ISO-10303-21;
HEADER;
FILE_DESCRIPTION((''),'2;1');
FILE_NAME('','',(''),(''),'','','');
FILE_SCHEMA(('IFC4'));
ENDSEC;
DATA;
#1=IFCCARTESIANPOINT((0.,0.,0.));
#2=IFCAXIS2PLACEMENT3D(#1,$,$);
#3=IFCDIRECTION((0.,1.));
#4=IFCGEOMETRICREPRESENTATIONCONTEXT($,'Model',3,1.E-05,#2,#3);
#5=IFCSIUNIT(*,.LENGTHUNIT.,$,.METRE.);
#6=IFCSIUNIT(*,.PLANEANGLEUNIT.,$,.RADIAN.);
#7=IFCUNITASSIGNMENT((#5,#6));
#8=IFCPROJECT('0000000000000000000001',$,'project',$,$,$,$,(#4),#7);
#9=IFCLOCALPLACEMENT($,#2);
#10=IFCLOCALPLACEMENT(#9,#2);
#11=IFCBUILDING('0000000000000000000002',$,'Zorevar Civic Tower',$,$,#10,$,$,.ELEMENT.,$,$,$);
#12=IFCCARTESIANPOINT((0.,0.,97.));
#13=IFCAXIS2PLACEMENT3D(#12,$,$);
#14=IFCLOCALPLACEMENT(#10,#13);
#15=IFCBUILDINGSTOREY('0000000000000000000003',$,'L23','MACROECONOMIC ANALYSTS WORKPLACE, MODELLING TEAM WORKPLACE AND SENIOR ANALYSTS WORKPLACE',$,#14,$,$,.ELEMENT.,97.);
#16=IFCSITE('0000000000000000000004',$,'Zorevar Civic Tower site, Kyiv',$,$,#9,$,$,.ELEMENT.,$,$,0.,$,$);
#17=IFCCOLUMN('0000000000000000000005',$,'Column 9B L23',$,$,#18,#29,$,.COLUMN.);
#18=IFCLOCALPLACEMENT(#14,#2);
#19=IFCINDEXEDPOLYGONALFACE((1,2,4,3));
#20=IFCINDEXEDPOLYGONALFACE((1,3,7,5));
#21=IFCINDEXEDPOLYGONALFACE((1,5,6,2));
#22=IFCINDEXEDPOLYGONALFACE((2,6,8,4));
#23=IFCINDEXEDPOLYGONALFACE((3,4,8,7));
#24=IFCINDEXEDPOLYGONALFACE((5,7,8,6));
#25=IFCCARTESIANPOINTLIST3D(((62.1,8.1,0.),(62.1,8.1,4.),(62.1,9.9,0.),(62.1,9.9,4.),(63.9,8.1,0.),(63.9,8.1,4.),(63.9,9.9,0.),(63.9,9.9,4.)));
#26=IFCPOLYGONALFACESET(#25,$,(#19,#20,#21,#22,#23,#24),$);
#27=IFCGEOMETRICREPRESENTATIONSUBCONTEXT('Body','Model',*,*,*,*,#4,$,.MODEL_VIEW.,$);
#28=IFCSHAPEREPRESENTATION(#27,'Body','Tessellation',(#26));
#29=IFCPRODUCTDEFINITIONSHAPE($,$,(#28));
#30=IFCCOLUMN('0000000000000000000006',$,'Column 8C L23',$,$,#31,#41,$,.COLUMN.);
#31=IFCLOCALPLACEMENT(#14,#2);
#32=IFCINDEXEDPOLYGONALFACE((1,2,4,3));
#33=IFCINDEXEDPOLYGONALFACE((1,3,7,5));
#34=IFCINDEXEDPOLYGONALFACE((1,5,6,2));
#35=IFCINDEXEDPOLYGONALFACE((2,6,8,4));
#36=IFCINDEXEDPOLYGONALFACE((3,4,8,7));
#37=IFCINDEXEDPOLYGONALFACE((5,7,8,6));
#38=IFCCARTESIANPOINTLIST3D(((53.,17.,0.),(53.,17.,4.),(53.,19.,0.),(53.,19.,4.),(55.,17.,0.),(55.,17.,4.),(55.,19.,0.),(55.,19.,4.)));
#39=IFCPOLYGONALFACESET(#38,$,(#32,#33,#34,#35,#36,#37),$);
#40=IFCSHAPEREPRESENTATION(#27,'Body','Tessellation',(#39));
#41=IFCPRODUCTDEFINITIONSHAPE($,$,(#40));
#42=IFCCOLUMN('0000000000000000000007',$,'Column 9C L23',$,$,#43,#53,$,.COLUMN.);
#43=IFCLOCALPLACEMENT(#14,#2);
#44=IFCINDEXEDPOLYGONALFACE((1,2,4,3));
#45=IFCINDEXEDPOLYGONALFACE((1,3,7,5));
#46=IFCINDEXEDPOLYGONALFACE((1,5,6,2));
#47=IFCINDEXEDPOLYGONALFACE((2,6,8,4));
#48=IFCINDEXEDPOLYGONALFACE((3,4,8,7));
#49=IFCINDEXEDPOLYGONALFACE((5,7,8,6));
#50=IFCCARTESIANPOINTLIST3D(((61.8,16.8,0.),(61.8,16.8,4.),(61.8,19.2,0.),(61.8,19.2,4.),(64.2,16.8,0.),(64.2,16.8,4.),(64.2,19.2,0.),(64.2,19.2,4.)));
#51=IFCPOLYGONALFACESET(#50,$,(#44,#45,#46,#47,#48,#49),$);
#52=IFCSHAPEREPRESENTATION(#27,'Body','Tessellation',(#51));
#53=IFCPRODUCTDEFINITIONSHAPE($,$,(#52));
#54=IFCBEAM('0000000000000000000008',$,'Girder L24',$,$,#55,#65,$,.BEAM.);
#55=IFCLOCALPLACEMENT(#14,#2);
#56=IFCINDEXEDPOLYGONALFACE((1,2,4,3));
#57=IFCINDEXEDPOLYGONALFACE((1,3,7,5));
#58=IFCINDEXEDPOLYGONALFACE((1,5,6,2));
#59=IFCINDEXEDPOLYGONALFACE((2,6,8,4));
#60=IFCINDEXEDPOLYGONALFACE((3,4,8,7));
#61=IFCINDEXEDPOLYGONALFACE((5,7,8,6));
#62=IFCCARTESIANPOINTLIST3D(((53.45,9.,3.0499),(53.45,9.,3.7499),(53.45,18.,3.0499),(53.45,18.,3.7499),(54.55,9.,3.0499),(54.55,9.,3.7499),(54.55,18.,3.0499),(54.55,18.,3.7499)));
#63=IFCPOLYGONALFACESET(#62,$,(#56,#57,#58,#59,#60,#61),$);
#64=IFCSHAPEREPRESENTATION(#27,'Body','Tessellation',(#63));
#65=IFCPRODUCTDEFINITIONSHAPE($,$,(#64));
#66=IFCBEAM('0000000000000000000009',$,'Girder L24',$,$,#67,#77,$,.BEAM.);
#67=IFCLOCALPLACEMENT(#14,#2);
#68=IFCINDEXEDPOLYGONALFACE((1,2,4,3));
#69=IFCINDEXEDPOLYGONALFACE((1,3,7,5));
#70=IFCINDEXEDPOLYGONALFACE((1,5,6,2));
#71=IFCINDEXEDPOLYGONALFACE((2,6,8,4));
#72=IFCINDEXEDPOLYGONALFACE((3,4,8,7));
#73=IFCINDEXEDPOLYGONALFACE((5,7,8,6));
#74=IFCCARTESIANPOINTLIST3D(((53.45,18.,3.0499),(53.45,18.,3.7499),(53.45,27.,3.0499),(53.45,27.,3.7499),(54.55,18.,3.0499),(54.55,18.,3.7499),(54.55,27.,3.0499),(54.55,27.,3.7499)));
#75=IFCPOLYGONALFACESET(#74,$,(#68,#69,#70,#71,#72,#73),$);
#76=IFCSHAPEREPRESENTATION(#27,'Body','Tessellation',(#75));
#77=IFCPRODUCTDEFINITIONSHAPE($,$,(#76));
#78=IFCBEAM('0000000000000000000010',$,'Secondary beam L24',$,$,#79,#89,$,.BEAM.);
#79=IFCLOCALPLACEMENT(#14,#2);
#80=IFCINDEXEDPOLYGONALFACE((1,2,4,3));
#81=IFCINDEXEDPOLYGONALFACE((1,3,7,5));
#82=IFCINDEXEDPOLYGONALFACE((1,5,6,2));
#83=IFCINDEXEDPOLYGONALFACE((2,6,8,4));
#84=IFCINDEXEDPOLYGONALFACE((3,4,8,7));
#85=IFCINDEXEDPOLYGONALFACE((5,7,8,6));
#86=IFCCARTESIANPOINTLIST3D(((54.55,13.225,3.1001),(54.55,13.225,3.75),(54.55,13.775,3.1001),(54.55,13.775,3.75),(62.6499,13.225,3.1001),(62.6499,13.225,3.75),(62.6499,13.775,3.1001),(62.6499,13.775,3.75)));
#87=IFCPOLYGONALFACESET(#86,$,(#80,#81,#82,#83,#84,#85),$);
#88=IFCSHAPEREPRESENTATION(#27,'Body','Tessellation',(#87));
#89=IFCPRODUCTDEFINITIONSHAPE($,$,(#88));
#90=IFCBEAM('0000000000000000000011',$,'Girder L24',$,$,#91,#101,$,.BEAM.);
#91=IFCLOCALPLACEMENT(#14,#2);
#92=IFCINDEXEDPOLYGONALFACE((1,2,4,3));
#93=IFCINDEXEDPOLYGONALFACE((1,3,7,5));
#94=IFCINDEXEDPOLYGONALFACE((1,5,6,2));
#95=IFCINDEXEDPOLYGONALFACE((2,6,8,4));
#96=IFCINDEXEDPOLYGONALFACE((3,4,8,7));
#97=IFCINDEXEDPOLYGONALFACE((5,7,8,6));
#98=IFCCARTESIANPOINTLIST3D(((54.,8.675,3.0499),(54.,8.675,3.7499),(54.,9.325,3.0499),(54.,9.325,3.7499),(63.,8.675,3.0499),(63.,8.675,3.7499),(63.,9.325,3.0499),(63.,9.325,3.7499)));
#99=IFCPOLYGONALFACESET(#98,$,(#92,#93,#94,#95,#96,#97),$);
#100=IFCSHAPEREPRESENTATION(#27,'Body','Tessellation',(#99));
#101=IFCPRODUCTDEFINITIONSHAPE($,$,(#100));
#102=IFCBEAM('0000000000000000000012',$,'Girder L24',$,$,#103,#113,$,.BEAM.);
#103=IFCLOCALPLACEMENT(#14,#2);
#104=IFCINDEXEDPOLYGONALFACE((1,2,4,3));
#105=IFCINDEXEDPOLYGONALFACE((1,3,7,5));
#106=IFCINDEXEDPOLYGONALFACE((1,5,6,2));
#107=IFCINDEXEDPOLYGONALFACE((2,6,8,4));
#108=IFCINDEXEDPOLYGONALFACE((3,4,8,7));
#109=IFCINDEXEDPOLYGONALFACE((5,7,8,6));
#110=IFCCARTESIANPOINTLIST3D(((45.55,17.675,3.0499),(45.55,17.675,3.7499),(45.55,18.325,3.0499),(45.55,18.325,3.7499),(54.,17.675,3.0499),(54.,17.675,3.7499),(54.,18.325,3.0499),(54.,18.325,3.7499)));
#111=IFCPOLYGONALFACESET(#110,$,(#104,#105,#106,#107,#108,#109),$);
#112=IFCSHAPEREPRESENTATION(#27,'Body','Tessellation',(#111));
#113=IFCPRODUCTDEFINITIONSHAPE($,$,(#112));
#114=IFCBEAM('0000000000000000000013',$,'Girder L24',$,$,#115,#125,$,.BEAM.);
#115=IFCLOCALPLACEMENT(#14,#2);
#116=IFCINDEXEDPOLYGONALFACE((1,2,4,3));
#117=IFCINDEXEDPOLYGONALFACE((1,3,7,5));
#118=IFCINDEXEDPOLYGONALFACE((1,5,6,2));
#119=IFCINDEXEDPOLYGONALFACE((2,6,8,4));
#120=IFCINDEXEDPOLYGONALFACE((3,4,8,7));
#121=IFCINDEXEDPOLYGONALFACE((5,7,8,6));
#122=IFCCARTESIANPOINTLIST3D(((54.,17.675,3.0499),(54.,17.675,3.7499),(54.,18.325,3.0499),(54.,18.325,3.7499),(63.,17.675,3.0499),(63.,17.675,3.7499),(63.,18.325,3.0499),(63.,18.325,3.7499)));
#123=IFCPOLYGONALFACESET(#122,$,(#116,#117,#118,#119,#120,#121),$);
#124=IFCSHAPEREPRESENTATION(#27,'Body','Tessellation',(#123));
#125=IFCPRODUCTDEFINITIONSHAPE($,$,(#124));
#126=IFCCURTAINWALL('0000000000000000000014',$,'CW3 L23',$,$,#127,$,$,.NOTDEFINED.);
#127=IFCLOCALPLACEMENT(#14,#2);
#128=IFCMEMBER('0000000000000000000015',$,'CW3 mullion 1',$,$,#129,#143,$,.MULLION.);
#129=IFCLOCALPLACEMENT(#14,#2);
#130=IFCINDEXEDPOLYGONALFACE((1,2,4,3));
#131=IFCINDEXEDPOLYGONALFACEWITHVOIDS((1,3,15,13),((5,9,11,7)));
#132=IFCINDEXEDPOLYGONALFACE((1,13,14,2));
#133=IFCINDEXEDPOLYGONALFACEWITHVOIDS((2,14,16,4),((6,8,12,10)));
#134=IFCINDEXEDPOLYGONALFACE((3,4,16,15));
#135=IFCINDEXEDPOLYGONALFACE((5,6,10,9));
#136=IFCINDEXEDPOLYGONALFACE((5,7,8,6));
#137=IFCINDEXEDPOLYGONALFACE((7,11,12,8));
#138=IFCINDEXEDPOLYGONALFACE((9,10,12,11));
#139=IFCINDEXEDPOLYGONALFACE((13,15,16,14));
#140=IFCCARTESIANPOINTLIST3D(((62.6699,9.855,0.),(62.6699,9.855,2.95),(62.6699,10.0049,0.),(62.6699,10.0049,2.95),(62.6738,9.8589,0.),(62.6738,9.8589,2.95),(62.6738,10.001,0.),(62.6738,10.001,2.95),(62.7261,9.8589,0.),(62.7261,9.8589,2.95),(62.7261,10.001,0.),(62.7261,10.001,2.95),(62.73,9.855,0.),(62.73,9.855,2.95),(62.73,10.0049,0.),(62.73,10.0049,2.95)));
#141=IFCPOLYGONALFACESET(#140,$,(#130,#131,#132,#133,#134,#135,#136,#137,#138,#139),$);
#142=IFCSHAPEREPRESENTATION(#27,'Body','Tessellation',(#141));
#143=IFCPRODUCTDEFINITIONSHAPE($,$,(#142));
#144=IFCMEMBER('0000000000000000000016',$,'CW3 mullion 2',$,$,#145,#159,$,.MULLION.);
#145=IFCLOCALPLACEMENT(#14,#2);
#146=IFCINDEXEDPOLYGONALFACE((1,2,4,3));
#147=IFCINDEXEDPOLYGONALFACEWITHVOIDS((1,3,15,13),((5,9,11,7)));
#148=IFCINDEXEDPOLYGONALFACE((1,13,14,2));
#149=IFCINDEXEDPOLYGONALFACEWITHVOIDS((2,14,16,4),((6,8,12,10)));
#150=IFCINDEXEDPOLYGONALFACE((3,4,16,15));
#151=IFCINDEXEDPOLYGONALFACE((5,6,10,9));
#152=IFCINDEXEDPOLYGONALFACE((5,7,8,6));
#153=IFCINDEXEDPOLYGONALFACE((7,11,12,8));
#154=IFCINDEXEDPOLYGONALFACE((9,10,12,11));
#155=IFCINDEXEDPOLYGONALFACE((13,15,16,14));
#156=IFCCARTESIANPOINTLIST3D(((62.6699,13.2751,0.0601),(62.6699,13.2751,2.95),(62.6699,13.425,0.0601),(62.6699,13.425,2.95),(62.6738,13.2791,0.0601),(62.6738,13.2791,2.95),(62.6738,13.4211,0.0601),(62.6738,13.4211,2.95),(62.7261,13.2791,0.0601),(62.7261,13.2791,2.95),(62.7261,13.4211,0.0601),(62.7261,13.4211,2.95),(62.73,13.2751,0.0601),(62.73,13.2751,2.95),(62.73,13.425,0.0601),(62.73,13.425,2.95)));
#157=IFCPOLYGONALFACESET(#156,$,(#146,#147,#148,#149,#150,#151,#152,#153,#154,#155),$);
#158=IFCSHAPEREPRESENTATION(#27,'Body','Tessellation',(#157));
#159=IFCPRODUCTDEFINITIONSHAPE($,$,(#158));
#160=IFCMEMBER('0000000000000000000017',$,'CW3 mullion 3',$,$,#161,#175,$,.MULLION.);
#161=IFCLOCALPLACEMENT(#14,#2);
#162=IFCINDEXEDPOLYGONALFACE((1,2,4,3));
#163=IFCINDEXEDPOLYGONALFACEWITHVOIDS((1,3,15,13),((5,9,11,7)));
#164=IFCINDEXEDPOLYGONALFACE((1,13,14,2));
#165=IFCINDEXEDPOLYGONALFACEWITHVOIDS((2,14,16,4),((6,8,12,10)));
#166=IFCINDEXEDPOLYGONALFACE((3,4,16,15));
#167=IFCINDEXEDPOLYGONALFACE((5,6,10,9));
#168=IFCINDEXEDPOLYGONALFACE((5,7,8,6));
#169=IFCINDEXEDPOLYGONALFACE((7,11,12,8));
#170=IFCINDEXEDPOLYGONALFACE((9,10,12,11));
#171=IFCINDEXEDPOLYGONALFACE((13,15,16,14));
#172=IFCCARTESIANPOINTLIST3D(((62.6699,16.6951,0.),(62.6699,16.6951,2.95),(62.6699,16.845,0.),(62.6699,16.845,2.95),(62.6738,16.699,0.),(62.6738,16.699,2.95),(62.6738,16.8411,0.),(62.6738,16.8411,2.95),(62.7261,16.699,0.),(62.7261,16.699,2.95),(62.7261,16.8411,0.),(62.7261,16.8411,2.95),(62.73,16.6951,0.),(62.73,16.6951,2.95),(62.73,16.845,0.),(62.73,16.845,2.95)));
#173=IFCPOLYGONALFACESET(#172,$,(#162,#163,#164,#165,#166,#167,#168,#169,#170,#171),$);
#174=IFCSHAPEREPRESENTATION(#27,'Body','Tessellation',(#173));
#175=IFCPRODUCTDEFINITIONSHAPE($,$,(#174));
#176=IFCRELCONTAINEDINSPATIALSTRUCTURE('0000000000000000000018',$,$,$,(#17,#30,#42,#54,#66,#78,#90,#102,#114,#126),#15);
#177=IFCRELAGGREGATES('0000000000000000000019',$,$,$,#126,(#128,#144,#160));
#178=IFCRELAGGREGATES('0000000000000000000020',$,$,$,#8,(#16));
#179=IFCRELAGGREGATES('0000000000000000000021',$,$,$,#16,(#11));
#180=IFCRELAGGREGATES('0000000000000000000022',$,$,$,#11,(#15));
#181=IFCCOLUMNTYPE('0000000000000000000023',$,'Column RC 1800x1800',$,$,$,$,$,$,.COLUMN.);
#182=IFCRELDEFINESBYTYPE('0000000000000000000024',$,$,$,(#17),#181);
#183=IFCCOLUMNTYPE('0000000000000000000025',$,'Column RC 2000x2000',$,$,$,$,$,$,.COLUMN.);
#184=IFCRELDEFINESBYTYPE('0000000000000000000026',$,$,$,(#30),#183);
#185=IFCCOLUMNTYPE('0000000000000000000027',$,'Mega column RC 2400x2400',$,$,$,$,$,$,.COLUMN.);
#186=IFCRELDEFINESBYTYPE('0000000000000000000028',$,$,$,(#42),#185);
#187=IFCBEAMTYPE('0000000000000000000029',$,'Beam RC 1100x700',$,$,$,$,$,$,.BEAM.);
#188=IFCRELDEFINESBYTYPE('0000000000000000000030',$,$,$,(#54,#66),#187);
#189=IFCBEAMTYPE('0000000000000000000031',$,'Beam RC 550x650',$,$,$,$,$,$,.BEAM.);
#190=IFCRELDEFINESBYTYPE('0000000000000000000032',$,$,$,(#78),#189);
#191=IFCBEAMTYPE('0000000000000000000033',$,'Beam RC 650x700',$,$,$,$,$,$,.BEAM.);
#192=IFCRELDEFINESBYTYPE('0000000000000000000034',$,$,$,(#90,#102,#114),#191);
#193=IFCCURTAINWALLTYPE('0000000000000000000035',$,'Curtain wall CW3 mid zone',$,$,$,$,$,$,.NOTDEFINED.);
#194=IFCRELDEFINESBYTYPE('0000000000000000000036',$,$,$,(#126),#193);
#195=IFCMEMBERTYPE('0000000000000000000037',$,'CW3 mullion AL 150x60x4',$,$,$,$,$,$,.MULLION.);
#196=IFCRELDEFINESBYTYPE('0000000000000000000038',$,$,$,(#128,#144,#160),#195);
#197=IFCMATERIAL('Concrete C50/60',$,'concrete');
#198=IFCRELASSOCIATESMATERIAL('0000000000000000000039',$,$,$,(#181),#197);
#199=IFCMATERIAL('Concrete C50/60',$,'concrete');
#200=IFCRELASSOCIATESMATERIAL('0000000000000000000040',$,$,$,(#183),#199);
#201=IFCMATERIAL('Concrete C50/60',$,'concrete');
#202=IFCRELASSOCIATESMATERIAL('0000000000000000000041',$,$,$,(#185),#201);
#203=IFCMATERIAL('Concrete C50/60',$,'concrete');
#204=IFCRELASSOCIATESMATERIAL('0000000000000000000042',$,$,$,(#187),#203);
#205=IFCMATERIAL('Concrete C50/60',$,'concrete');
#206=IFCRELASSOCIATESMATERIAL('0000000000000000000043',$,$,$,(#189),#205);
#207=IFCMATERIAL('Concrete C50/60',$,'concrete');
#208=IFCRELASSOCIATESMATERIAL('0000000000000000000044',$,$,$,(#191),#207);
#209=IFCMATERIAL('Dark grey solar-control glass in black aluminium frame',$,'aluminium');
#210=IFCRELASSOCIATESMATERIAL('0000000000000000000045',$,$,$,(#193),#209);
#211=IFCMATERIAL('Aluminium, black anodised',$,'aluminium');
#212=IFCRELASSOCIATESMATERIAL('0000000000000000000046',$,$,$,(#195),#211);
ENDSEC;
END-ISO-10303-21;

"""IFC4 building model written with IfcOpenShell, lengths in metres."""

from ifc_helpers import new_model, si_unit, direction, frame, origin, origin_2d, place, context, subcontext, project, spatial, rectangle, hollow_rectangle, extrude, material, material_profile, profile_set, type_object, element, aggregate, save


model = new_model("IFC4")

# Units and contexts
model_context = context("Model", 3, precision=1e-05, world=origin(), true_north=direction((0.0, 1.0)))
body_context = subcontext(model_context, "Body", "Model", "MODEL_VIEW")
ifc_project = project(units=[si_unit("LENGTHUNIT", "METRE"), si_unit("PLANEANGLEUNIT", "RADIAN")], contexts=[model_context])

# Site, building, storey
site_placement = place(None, origin())
site = spatial("IfcSite", under=ifc_project, at=site_placement, Name="Zorevar Civic Tower site, Kyiv", CompositionType="ELEMENT", RefElevation=0.0)
building_placement = place(site_placement, origin())
building = spatial("IfcBuilding", under=site, at=building_placement, Name="Zorevar Civic Tower", CompositionType="ELEMENT")
storey_placement = place(building_placement, frame((0.0, 0.0, 97.0)))
storey = spatial("IfcBuildingStorey", under=building, at=storey_placement, Name="L23", Description="MACROECONOMIC ANALYSTS WORKPLACE, MODELLING TEAM WORKPLACE AND SENIOR ANALYSTS WORKPLACE", CompositionType="ELEMENT", Elevation=97.0)

# Columns
ifc_material_1 = material(Name="Concrete C50/60", Category="concrete")
ifc_material_profile_1 = material_profile(ifc_material_1, rectangle(XDim=1.8, YDim=1.8, at=origin_2d()), Name="RC 1800x1800")
ifc_profile_set_1 = profile_set([ifc_material_profile_1], Name="Concrete C50/60")
column_type_1 = type_object("IfcColumnType", Name="Column RC 1800x1800", PredefinedType="COLUMN", material=ifc_profile_set_1)
column_1_placement = place(storey_placement, frame((63.0, 9.0, 0.0), z_axis=(0.0, 0.0, 1.0), x_axis=(1.0, 0.0, 0.0)))
element("IfcColumn", 1, at=column_1_placement, inside=storey, type_object=column_type_1, Name="Column 9B L23", PredefinedType="COLUMN", context=body_context, shape_type="SweptSolid", body=[
    extrude(rectangle(XDim=1.8, YDim=1.8, at=origin_2d()), origin(), (0.0, 0.0, 1.0), 4.0),
])
ifc_material_2 = material(Name="Concrete C50/60", Category="concrete")
ifc_material_profile_2 = material_profile(ifc_material_2, rectangle(XDim=2.0, YDim=2.0, at=origin_2d()), Name="RC 2000x2000")
ifc_profile_set_2 = profile_set([ifc_material_profile_2], Name="Concrete C50/60")
column_type_2 = type_object("IfcColumnType", Name="Column RC 2000x2000", PredefinedType="COLUMN", material=ifc_profile_set_2)
column_2_placement = place(storey_placement, frame((54.0, 18.0, 0.0), z_axis=(0.0, 0.0, 1.0), x_axis=(1.0, 0.0, 0.0)))
element("IfcColumn", 2, at=column_2_placement, inside=storey, type_object=column_type_2, Name="Column 8C L23", PredefinedType="COLUMN", context=body_context, shape_type="SweptSolid", body=[
    extrude(rectangle(XDim=2.0, YDim=2.0, at=origin_2d()), origin(), (0.0, 0.0, 1.0), 4.0),
])
ifc_material_3 = material(Name="Concrete C50/60", Category="concrete")
ifc_material_profile_3 = material_profile(ifc_material_3, rectangle(XDim=2.3999, YDim=2.3999, at=origin_2d()), Name="RC 2400x2400")
ifc_profile_set_3 = profile_set([ifc_material_profile_3], Name="Concrete C50/60")
column_type_3 = type_object("IfcColumnType", Name="Mega column RC 2400x2400", PredefinedType="COLUMN", material=ifc_profile_set_3)
column_3_placement = place(storey_placement, frame((63.0, 18.0, 0.0), z_axis=(0.0, 0.0, 1.0), x_axis=(1.0, 0.0, 0.0)))
element("IfcColumn", 3, at=column_3_placement, inside=storey, type_object=column_type_3, Name="Column 9C L23", PredefinedType="COLUMN", context=body_context, shape_type="SweptSolid", body=[
    extrude(rectangle(XDim=2.3999, YDim=2.3999, at=origin_2d()), origin(), (0.0, 0.0, 1.0), 4.0),
])

# Beams
ifc_material_4 = material(Name="Concrete C50/60", Category="concrete")
ifc_material_profile_4 = material_profile(ifc_material_4, rectangle(XDim=1.1001, YDim=0.7, at=origin_2d()), Name="RC 1100x700")
ifc_profile_set_4 = profile_set([ifc_material_profile_4], Name="Concrete C50/60")
beam_type_1 = type_object("IfcBeamType", Name="Beam RC 1100x700", PredefinedType="BEAM", material=ifc_profile_set_4)
for number, where, z_axis, x_axis, name in (
    (4, (54.0, 9.0, 3.3999), (0.0, 1.0, 0.0), (-1.0, 0.0, 0.0), "Girder L24"),
    (5, (54.0, 18.0, 3.3999), (0.0, 1.0, 0.0), (-1.0, 0.0, 0.0), "Girder L24"),
):
    element("IfcBeam", number, at=place(storey_placement, frame(where, z_axis=z_axis, x_axis=x_axis)), inside=storey, type_object=beam_type_1, Name=name, PredefinedType="BEAM", context=body_context, shape_type="SweptSolid", body=[
        extrude(rectangle(XDim=1.1001, YDim=0.7, at=origin_2d()), origin(), (0.0, 0.0, 1.0), 9.0),
    ])
ifc_material_5 = material(Name="Concrete C50/60", Category="concrete")
ifc_material_profile_5 = material_profile(ifc_material_5, rectangle(XDim=0.55, YDim=0.6499, at=origin_2d()), Name="RC 550x650")
ifc_profile_set_5 = profile_set([ifc_material_profile_5], Name="Concrete C50/60")
beam_type_2 = type_object("IfcBeamType", Name="Beam RC 550x650", PredefinedType="BEAM", material=ifc_profile_set_5)
beam_1_placement = place(storey_placement, frame((54.55, 13.5, 3.425), z_axis=(1.0, 0.0, 0.0), x_axis=(0.0, 1.0, 0.0)))
element("IfcBeam", 6, at=beam_1_placement, inside=storey, type_object=beam_type_2, Name="Secondary beam L24", PredefinedType="BEAM", context=body_context, shape_type="SweptSolid", body=[
    extrude(rectangle(XDim=0.55, YDim=0.6499, at=origin_2d()), origin(), (0.0, 0.0, 1.0), 8.0999),
])
ifc_material_6 = material(Name="Concrete C50/60", Category="concrete")
ifc_material_profile_6 = material_profile(ifc_material_6, rectangle(XDim=0.6499, YDim=0.7, at=origin_2d()), Name="RC 650x700")
ifc_profile_set_6 = profile_set([ifc_material_profile_6], Name="Concrete C50/60")
beam_type_3 = type_object("IfcBeamType", Name="Beam RC 650x700", PredefinedType="BEAM", material=ifc_profile_set_6)
beam_2_placement = place(storey_placement, frame((54.0, 9.0, 3.3999), z_axis=(1.0, 0.0, 0.0), x_axis=(0.0, 1.0, 0.0)))
element("IfcBeam", 7, at=beam_2_placement, inside=storey, type_object=beam_type_3, Name="Girder L24", PredefinedType="BEAM", context=body_context, shape_type="SweptSolid", body=[
    extrude(rectangle(XDim=0.6499, YDim=0.7, at=origin_2d()), origin(), (0.0, 0.0, 1.0), 9.0),
])
beam_3_placement = place(storey_placement, frame((45.55, 18.0, 3.3999), z_axis=(1.0, 0.0, 0.0), x_axis=(0.0, 1.0, 0.0)))
element("IfcBeam", 8, at=beam_3_placement, inside=storey, type_object=beam_type_3, Name="Girder L24", PredefinedType="BEAM", context=body_context, shape_type="SweptSolid", body=[
    extrude(rectangle(XDim=0.6499, YDim=0.7, at=origin_2d()), origin(), (0.0, 0.0, 1.0), 8.45),
])
beam_4_placement = place(storey_placement, frame((54.0, 18.0, 3.3999), z_axis=(1.0, 0.0, 0.0), x_axis=(0.0, 1.0, 0.0)))
element("IfcBeam", 9, at=beam_4_placement, inside=storey, type_object=beam_type_3, Name="Girder L24", PredefinedType="BEAM", context=body_context, shape_type="SweptSolid", body=[
    extrude(rectangle(XDim=0.6499, YDim=0.7, at=origin_2d()), origin(), (0.0, 0.0, 1.0), 9.0),
])

# Curtain wall, members
ifc_material_7 = material(Name="Dark grey solar-control glass in black aluminium frame", Category="aluminium")
curtain_wall_type = type_object("IfcCurtainWallType", Name="Curtain wall CW3 mid zone", PredefinedType="NOTDEFINED", material=ifc_material_7)
curtain_wall_1_placement = place(storey_placement, origin())
curtain_wall_1 = element("IfcCurtainWall", 10, at=curtain_wall_1_placement, inside=storey, type_object=curtain_wall_type, Name="CW3 L23", PredefinedType="NOTDEFINED")
ifc_material_8 = material(Name="Aluminium, black anodised", Category="aluminium")
ifc_material_profile_7 = material_profile(ifc_material_8, hollow_rectangle(XDim=0.0601, YDim=0.1499, WallThickness=0.0039, at=origin_2d()), Name="AL 150x60x4")
ifc_profile_set_7 = profile_set([ifc_material_profile_7], Name="Aluminium, black anodised")
member_type_1 = type_object("IfcMemberType", Name="CW3 mullion AL 150x60x4", PredefinedType="MULLION", material=ifc_profile_set_7)
member_1_placement = place(storey_placement, frame((62.7, 9.9299, 0.0), z_axis=(0.0, 0.0, 1.0), x_axis=(-1.0, 0.0, 0.0)))
member_1 = element("IfcMember", 11, at=member_1_placement, type_object=member_type_1, Name="CW3 mullion 1", PredefinedType="MULLION", context=body_context, shape_type="SweptSolid", body=[
    extrude(hollow_rectangle(XDim=0.0601, YDim=0.1499, WallThickness=0.0039, at=origin_2d()), origin(), (0.0, 0.0, 1.0), 2.95),
])
member_2_placement = place(storey_placement, frame((62.7, 13.3501, 0.0601), z_axis=(0.0, 0.0, 1.0), x_axis=(-1.0, 0.0, 0.0)))
member_2 = element("IfcMember", 12, at=member_2_placement, type_object=member_type_1, Name="CW3 mullion 2", PredefinedType="MULLION", context=body_context, shape_type="SweptSolid", body=[
    extrude(hollow_rectangle(XDim=0.0601, YDim=0.1499, WallThickness=0.0039, at=origin_2d()), origin(), (0.0, 0.0, 1.0), 2.8899),
])
member_3_placement = place(storey_placement, frame((62.7, 16.77, 0.0), z_axis=(0.0, 0.0, 1.0), x_axis=(-1.0, 0.0, 0.0)))
member_3 = element("IfcMember", 13, at=member_3_placement, type_object=member_type_1, Name="CW3 mullion 3", PredefinedType="MULLION", context=body_context, shape_type="SweptSolid", body=[
    extrude(hollow_rectangle(XDim=0.0601, YDim=0.1499, WallThickness=0.0039, at=origin_2d()), origin(), (0.0, 0.0, 1.0), 2.95),
])

aggregate(curtain_wall_1, [member_1, member_2, member_3])

save(model, "model.ifc")
